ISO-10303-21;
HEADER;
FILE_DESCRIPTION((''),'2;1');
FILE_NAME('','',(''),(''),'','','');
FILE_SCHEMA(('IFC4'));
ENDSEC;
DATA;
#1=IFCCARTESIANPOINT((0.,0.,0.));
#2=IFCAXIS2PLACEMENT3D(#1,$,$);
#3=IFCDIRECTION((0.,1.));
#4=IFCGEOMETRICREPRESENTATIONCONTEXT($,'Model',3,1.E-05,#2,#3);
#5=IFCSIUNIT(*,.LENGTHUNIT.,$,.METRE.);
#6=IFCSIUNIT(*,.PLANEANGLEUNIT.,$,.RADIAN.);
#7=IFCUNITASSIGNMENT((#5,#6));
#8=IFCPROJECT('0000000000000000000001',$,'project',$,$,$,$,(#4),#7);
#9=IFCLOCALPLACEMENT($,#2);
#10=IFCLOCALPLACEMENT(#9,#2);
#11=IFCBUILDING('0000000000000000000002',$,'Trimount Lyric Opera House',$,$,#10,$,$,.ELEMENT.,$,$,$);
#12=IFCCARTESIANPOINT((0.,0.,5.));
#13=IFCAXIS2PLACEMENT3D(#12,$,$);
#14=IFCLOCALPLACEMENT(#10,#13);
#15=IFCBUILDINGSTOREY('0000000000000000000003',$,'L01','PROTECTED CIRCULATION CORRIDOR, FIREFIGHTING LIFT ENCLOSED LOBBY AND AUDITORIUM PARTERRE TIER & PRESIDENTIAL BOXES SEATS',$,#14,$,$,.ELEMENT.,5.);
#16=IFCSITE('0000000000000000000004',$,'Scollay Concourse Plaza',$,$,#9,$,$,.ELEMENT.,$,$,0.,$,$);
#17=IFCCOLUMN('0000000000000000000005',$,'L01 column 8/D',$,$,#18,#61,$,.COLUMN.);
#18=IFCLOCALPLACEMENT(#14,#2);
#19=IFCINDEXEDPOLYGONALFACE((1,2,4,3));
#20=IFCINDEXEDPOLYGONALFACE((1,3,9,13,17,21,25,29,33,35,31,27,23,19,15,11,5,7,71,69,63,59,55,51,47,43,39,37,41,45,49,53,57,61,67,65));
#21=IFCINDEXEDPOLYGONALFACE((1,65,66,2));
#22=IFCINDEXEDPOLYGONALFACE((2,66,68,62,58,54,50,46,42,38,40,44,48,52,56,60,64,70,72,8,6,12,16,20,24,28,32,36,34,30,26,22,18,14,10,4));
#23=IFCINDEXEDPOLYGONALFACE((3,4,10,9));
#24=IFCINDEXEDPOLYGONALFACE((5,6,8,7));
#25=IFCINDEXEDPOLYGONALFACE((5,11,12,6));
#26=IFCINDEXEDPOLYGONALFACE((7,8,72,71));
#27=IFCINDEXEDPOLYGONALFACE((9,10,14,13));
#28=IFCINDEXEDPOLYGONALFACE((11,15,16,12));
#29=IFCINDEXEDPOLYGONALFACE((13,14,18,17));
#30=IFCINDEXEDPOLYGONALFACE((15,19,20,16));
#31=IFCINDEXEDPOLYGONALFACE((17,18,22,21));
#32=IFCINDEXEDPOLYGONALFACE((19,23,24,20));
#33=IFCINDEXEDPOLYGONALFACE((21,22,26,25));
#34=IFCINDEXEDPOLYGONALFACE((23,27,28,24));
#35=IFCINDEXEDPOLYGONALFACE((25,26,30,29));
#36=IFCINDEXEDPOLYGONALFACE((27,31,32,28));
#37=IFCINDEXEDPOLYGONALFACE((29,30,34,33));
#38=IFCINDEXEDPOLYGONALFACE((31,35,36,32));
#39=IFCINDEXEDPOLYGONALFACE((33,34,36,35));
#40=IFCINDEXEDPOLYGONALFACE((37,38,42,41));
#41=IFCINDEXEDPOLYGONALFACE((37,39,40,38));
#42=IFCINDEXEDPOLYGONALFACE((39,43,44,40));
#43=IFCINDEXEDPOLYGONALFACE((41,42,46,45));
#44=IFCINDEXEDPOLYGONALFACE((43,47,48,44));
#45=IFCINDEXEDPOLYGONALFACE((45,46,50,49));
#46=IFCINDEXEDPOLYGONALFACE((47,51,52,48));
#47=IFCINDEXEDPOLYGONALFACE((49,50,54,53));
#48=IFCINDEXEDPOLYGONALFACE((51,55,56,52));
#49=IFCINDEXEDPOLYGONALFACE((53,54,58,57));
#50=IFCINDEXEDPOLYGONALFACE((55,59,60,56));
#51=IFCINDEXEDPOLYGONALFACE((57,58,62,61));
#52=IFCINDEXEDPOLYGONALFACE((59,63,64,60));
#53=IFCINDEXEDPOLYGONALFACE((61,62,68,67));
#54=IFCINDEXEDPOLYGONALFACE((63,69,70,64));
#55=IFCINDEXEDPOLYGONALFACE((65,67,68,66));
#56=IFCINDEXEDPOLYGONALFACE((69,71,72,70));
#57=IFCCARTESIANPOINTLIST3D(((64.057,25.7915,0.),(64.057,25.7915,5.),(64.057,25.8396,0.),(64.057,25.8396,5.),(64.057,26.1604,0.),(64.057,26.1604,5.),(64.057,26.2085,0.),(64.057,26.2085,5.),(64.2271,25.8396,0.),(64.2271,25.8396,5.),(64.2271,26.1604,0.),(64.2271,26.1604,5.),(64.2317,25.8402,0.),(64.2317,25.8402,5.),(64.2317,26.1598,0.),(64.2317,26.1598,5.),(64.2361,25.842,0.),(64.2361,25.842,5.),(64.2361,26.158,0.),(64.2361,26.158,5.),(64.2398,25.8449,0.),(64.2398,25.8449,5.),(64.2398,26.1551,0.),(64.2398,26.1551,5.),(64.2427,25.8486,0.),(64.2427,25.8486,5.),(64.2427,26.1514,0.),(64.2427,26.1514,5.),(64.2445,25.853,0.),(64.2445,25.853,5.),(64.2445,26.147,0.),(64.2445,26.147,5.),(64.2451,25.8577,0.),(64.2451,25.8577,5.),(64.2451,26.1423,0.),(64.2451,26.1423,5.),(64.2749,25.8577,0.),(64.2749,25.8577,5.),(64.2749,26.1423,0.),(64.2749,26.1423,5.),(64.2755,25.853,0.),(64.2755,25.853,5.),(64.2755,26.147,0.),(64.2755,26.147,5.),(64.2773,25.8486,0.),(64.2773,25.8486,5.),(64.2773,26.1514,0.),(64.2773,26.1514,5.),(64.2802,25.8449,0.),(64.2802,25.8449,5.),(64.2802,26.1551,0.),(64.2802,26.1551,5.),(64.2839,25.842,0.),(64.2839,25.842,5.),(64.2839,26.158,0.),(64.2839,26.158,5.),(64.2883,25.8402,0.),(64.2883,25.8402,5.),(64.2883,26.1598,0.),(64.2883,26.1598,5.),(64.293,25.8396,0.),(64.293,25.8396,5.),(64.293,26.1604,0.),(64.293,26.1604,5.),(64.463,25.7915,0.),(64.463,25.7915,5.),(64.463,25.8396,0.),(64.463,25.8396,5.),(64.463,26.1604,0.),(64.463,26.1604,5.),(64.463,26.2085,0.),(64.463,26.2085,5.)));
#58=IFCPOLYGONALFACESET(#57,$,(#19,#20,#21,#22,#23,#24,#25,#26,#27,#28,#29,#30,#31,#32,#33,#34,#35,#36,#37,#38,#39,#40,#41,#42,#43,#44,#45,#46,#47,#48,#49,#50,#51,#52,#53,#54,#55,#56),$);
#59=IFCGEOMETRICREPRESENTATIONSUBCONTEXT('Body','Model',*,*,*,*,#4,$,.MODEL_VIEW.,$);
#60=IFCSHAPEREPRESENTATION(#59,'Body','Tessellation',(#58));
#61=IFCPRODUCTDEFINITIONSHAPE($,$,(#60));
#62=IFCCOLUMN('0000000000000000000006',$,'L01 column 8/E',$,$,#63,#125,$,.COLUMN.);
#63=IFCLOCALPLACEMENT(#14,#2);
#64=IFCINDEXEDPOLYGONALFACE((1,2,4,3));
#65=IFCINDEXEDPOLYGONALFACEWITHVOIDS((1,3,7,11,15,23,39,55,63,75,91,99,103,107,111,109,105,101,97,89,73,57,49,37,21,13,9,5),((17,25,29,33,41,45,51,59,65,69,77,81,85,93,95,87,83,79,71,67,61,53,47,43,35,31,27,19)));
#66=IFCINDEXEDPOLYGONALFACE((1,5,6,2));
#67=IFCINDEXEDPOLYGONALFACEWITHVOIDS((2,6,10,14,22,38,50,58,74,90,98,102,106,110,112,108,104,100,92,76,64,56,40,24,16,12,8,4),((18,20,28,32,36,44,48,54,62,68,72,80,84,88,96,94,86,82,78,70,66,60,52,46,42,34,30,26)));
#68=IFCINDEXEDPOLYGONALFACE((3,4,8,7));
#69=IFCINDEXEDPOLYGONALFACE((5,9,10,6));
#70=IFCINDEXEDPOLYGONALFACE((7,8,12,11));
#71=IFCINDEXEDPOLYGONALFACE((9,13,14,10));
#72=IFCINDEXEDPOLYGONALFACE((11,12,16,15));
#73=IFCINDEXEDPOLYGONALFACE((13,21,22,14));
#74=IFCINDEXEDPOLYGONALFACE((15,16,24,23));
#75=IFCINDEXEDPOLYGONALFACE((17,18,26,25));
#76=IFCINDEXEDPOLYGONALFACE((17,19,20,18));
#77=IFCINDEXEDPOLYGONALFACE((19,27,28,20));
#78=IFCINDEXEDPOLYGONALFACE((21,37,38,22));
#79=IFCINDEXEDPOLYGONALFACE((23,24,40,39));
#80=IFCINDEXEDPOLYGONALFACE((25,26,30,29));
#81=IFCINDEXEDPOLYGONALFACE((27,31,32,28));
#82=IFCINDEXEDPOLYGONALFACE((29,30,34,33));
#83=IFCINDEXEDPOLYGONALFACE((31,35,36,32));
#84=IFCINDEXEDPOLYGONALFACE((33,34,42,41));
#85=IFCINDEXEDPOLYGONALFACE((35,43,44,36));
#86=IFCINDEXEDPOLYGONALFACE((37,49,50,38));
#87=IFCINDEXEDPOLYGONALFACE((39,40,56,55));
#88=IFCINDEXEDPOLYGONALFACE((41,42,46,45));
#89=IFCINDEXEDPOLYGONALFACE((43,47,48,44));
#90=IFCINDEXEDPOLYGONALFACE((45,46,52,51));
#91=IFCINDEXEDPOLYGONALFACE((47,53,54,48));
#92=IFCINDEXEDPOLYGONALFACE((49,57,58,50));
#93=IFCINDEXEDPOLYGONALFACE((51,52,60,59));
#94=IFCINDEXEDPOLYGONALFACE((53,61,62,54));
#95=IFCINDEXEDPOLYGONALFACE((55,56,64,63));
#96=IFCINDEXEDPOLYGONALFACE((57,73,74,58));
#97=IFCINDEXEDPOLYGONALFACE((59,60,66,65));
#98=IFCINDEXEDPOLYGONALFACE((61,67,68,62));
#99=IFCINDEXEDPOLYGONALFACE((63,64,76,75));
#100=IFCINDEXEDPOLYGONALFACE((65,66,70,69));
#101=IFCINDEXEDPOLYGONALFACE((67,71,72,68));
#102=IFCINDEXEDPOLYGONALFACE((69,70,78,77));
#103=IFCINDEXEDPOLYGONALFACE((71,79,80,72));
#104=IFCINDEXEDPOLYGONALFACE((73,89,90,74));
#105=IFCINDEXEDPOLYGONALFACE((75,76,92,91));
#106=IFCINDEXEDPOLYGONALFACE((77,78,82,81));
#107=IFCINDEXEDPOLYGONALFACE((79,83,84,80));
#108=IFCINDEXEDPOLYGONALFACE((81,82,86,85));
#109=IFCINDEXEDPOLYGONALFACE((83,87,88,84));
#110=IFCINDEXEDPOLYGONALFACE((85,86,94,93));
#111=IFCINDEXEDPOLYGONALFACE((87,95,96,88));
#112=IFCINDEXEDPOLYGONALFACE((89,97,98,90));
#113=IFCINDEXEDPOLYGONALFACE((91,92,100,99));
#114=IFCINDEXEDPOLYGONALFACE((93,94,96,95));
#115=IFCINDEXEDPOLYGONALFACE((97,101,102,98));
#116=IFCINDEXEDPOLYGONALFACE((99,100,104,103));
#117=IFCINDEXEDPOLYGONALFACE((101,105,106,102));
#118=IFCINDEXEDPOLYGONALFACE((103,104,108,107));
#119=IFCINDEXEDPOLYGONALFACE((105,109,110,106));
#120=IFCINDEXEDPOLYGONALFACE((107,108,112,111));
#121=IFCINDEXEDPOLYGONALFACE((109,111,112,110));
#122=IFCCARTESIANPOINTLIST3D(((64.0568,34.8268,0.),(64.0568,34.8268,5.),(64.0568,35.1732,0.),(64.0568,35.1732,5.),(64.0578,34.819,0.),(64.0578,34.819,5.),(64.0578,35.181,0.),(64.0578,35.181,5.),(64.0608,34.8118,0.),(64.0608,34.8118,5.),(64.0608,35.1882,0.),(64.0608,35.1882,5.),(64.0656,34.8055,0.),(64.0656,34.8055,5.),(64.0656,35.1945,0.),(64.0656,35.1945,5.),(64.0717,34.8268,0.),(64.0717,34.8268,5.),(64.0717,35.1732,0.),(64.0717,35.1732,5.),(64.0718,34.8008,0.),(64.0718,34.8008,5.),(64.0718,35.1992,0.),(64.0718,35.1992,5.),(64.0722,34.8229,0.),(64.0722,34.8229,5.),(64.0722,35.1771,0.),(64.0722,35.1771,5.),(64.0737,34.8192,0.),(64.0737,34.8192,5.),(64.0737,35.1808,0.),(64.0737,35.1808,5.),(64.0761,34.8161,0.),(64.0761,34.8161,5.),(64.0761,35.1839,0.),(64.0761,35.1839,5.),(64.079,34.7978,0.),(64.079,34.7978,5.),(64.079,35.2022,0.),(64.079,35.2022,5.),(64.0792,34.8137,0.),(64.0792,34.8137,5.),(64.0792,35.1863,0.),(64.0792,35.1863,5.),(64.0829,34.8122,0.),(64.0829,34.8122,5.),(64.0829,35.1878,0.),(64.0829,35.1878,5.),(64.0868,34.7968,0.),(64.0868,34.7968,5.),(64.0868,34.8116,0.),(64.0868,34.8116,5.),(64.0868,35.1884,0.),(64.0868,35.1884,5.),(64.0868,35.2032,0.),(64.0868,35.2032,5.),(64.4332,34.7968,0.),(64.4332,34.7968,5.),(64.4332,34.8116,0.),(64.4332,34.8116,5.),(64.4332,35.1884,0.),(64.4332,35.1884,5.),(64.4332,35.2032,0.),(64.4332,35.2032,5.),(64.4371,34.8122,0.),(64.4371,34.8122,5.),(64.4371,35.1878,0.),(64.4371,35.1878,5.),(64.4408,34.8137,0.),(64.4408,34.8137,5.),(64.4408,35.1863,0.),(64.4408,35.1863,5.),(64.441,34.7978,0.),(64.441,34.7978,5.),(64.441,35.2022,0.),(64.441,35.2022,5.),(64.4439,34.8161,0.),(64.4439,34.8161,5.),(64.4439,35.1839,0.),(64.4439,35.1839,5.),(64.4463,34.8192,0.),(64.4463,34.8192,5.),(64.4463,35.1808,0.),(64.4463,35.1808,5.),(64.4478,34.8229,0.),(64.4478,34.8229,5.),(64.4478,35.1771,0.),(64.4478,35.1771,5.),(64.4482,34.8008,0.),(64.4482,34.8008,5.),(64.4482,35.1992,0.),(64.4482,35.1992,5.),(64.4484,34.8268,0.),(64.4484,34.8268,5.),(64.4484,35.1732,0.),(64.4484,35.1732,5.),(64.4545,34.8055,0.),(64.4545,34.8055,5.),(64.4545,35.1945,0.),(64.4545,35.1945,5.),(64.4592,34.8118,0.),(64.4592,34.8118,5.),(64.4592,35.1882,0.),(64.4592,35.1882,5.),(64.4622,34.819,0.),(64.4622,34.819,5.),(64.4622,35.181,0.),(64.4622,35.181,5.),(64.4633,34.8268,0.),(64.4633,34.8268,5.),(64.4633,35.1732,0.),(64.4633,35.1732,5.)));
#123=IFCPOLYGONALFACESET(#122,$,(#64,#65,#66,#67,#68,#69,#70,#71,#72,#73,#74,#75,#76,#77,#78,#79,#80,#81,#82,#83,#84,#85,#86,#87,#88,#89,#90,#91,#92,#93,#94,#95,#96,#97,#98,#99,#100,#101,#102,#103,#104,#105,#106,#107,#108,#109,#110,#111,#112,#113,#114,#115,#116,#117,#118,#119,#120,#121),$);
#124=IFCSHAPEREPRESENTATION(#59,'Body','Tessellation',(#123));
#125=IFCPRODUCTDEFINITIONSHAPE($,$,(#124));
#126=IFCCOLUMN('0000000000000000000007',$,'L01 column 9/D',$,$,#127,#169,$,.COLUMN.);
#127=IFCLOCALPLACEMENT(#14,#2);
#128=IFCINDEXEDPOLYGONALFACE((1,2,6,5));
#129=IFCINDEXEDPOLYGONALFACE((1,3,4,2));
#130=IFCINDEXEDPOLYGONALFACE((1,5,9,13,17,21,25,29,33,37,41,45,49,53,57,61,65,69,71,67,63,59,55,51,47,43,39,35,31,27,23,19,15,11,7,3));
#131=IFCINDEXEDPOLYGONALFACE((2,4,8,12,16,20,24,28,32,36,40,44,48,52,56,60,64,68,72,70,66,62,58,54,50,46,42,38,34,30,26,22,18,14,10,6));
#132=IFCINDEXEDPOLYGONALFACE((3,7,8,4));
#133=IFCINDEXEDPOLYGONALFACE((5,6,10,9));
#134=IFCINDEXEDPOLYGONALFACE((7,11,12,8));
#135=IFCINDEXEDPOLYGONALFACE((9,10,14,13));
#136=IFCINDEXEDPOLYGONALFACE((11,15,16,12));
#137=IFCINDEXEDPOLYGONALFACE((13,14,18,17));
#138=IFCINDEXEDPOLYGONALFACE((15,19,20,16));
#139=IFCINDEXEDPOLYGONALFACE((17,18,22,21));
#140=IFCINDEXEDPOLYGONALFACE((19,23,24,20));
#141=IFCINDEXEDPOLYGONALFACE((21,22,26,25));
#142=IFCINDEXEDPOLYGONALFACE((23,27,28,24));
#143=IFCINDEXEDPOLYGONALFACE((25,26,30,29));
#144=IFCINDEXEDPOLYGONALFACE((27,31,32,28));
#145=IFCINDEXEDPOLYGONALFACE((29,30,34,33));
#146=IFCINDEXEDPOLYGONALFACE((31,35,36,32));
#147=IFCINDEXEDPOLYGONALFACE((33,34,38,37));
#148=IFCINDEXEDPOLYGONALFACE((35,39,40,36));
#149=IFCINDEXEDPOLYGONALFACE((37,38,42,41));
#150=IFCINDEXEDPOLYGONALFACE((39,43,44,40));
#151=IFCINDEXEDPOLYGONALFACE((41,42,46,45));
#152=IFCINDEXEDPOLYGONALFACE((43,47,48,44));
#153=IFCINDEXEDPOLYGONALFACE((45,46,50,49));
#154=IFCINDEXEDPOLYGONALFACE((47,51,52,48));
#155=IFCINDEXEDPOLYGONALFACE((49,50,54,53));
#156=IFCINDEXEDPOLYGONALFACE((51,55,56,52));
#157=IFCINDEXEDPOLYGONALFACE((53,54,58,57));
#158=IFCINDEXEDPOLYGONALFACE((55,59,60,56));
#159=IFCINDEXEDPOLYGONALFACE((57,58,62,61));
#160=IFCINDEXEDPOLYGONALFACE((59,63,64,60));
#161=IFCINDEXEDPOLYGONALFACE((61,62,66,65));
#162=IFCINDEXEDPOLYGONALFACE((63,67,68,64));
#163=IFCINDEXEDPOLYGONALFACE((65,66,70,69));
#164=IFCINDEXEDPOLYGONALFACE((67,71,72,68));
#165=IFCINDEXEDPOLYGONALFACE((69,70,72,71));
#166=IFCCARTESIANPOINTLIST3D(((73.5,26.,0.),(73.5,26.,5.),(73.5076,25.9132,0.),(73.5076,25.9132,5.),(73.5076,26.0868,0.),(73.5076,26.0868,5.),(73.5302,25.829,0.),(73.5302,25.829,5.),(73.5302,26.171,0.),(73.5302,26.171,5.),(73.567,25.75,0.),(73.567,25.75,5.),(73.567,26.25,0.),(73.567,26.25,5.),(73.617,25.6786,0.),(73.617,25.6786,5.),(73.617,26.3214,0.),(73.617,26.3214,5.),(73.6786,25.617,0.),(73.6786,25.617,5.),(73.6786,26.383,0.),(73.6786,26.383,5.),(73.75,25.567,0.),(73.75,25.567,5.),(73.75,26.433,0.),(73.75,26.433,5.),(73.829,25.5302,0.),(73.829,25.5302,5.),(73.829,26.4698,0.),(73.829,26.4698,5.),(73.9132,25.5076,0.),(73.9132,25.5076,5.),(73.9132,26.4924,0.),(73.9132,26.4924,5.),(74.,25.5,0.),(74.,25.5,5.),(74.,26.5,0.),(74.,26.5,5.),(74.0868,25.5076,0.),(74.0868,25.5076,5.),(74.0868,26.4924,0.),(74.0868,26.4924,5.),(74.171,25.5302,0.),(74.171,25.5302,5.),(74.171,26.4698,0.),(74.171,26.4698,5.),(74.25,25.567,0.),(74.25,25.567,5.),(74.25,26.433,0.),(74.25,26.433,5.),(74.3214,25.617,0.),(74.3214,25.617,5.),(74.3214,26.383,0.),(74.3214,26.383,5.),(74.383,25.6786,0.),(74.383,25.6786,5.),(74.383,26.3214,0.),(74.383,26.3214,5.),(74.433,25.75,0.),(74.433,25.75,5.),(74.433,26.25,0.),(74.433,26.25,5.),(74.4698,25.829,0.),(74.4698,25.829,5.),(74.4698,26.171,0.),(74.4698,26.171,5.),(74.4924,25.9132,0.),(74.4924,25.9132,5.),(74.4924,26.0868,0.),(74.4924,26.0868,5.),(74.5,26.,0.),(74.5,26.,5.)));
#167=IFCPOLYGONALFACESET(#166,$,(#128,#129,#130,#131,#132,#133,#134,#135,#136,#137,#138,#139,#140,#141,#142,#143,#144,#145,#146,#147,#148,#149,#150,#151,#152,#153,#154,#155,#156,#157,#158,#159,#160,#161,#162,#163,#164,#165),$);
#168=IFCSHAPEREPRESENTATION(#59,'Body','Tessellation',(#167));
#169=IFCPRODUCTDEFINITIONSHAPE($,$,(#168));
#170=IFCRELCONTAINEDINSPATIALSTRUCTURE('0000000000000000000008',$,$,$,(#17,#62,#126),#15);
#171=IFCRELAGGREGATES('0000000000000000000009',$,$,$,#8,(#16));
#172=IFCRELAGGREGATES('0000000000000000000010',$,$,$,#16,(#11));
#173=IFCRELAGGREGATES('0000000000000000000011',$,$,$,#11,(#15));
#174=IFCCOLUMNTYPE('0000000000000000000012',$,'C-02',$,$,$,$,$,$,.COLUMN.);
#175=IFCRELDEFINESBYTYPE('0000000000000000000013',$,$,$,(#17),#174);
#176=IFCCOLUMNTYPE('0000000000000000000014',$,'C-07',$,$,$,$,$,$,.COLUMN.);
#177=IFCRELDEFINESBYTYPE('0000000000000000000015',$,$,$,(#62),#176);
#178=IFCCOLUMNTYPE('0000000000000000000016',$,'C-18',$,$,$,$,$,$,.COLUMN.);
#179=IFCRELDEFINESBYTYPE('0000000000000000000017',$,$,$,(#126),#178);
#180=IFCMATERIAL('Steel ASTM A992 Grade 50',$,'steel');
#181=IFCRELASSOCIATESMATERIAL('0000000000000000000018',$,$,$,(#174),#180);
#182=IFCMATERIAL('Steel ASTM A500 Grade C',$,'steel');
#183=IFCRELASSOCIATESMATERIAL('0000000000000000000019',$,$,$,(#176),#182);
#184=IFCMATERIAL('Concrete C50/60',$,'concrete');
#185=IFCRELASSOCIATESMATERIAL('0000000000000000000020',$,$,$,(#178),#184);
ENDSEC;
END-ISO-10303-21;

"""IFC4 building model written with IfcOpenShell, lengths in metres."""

from ifc_helpers import new_model, si_unit, direction, frame, origin, origin_2d, place, context, subcontext, project, spatial, hollow_rectangle, circle, i_section, extrude, material, material_profile, profile_set, type_object, element, save


model = new_model("IFC4")

# Units and contexts
model_context = context("Model", 3, precision=1e-05, world=origin(), true_north=direction((0.0, 1.0)))
body_context = subcontext(model_context, "Body", "Model", "MODEL_VIEW")
ifc_project = project(units=[si_unit("LENGTHUNIT", "METRE"), si_unit("PLANEANGLEUNIT", "RADIAN")], contexts=[model_context])

# Site, building, storey
site_placement = place(None, origin())
site = spatial("IfcSite", under=ifc_project, at=site_placement, Name="Scollay Concourse Plaza", CompositionType="ELEMENT", RefElevation=0.0)
building_placement = place(site_placement, origin())
building = spatial("IfcBuilding", under=site, at=building_placement, Name="Trimount Lyric Opera House", CompositionType="ELEMENT")
storey_placement = place(building_placement, frame((0.0, 0.0, 5.0)))
storey = spatial("IfcBuildingStorey", under=building, at=storey_placement, Name="L01", Description="PROTECTED CIRCULATION CORRIDOR, FIREFIGHTING LIFT ENCLOSED LOBBY AND AUDITORIUM PARTERRE TIER & PRESIDENTIAL BOXES SEATS", CompositionType="ELEMENT", Elevation=5.0)

# Columns
ifc_material_1 = material(Name="Steel ASTM A992 Grade 50", Category="steel")
ifc_material_profile_1 = material_profile(ifc_material_1, i_section(OverallWidth=0.406, OverallDepth=0.417, WebThickness=0.0298, FlangeThickness=0.0481, FilletRadius=0.0181, at=origin_2d()), Name="W14X257")
ifc_profile_set_1 = profile_set([ifc_material_profile_1], Name="Steel ASTM A992 Grade 50")
column_type_1 = type_object("IfcColumnType", Name="C-02", PredefinedType="COLUMN", material=ifc_profile_set_1)
column_1_placement = place(storey_placement, frame((64.26, 26.0, 0.0), z_axis=(0.0, 0.0, 1.0), x_axis=(1.0, 0.0, 0.0)))
element("IfcColumn", 1, at=column_1_placement, inside=storey, type_object=column_type_1, Name="L01 column 8/D", PredefinedType="COLUMN", context=body_context, shape_type="SweptSolid", body=[
    extrude(i_section(OverallWidth=0.406, OverallDepth=0.417, WebThickness=0.0298, FlangeThickness=0.0481, FilletRadius=0.0181, at=origin_2d()), origin(), (0.0, 0.0, 1.0), 5.0),
])
ifc_material_2 = material(Name="Steel ASTM A500 Grade C", Category="steel")
ifc_material_profile_2 = material_profile(ifc_material_2, hollow_rectangle(XDim=0.4065, YDim=0.4065, WallThickness=0.0149, InnerFilletRadius=0.0151, OuterFilletRadius=0.03, at=origin_2d()), Name="HSS406.4X406.4X15.9")
ifc_profile_set_2 = profile_set([ifc_material_profile_2], Name="Steel ASTM A500 Grade C")
column_type_2 = type_object("IfcColumnType", Name="C-07", PredefinedType="COLUMN", material=ifc_profile_set_2)
column_2_placement = place(storey_placement, frame((64.26, 35.0, 0.0), z_axis=(0.0, 0.0, 1.0), x_axis=(1.0, 0.0, 0.0)))
element("IfcColumn", 2, at=column_2_placement, inside=storey, type_object=column_type_2, Name="L01 column 8/E", PredefinedType="COLUMN", context=body_context, shape_type="SweptSolid", body=[
    extrude(hollow_rectangle(XDim=0.4065, YDim=0.4065, WallThickness=0.0149, InnerFilletRadius=0.0151, OuterFilletRadius=0.03, at=origin_2d()), origin(), (0.0, 0.0, 1.0), 5.0),
])
ifc_material_3 = material(Name="Concrete C50/60", Category="concrete")
ifc_material_profile_3 = material_profile(ifc_material_3, circle(Radius=0.5, at=origin_2d()), Name="RC-D1000")
ifc_profile_set_3 = profile_set([ifc_material_profile_3], Name="Concrete C50/60")
column_type_3 = type_object("IfcColumnType", Name="C-18", PredefinedType="COLUMN", material=ifc_profile_set_3)
column_3_placement = place(storey_placement, frame((74.0, 26.0, 0.0), z_axis=(0.0, 0.0, 1.0), x_axis=(1.0, 0.0, 0.0)))
element("IfcColumn", 3, at=column_3_placement, inside=storey, type_object=column_type_3, Name="L01 column 9/D", PredefinedType="COLUMN", context=body_context, shape_type="SweptSolid", body=[
    extrude(circle(Radius=0.5, at=origin_2d()), origin(), (0.0, 0.0, 1.0), 5.0),
])

save(model, "model.ifc")
